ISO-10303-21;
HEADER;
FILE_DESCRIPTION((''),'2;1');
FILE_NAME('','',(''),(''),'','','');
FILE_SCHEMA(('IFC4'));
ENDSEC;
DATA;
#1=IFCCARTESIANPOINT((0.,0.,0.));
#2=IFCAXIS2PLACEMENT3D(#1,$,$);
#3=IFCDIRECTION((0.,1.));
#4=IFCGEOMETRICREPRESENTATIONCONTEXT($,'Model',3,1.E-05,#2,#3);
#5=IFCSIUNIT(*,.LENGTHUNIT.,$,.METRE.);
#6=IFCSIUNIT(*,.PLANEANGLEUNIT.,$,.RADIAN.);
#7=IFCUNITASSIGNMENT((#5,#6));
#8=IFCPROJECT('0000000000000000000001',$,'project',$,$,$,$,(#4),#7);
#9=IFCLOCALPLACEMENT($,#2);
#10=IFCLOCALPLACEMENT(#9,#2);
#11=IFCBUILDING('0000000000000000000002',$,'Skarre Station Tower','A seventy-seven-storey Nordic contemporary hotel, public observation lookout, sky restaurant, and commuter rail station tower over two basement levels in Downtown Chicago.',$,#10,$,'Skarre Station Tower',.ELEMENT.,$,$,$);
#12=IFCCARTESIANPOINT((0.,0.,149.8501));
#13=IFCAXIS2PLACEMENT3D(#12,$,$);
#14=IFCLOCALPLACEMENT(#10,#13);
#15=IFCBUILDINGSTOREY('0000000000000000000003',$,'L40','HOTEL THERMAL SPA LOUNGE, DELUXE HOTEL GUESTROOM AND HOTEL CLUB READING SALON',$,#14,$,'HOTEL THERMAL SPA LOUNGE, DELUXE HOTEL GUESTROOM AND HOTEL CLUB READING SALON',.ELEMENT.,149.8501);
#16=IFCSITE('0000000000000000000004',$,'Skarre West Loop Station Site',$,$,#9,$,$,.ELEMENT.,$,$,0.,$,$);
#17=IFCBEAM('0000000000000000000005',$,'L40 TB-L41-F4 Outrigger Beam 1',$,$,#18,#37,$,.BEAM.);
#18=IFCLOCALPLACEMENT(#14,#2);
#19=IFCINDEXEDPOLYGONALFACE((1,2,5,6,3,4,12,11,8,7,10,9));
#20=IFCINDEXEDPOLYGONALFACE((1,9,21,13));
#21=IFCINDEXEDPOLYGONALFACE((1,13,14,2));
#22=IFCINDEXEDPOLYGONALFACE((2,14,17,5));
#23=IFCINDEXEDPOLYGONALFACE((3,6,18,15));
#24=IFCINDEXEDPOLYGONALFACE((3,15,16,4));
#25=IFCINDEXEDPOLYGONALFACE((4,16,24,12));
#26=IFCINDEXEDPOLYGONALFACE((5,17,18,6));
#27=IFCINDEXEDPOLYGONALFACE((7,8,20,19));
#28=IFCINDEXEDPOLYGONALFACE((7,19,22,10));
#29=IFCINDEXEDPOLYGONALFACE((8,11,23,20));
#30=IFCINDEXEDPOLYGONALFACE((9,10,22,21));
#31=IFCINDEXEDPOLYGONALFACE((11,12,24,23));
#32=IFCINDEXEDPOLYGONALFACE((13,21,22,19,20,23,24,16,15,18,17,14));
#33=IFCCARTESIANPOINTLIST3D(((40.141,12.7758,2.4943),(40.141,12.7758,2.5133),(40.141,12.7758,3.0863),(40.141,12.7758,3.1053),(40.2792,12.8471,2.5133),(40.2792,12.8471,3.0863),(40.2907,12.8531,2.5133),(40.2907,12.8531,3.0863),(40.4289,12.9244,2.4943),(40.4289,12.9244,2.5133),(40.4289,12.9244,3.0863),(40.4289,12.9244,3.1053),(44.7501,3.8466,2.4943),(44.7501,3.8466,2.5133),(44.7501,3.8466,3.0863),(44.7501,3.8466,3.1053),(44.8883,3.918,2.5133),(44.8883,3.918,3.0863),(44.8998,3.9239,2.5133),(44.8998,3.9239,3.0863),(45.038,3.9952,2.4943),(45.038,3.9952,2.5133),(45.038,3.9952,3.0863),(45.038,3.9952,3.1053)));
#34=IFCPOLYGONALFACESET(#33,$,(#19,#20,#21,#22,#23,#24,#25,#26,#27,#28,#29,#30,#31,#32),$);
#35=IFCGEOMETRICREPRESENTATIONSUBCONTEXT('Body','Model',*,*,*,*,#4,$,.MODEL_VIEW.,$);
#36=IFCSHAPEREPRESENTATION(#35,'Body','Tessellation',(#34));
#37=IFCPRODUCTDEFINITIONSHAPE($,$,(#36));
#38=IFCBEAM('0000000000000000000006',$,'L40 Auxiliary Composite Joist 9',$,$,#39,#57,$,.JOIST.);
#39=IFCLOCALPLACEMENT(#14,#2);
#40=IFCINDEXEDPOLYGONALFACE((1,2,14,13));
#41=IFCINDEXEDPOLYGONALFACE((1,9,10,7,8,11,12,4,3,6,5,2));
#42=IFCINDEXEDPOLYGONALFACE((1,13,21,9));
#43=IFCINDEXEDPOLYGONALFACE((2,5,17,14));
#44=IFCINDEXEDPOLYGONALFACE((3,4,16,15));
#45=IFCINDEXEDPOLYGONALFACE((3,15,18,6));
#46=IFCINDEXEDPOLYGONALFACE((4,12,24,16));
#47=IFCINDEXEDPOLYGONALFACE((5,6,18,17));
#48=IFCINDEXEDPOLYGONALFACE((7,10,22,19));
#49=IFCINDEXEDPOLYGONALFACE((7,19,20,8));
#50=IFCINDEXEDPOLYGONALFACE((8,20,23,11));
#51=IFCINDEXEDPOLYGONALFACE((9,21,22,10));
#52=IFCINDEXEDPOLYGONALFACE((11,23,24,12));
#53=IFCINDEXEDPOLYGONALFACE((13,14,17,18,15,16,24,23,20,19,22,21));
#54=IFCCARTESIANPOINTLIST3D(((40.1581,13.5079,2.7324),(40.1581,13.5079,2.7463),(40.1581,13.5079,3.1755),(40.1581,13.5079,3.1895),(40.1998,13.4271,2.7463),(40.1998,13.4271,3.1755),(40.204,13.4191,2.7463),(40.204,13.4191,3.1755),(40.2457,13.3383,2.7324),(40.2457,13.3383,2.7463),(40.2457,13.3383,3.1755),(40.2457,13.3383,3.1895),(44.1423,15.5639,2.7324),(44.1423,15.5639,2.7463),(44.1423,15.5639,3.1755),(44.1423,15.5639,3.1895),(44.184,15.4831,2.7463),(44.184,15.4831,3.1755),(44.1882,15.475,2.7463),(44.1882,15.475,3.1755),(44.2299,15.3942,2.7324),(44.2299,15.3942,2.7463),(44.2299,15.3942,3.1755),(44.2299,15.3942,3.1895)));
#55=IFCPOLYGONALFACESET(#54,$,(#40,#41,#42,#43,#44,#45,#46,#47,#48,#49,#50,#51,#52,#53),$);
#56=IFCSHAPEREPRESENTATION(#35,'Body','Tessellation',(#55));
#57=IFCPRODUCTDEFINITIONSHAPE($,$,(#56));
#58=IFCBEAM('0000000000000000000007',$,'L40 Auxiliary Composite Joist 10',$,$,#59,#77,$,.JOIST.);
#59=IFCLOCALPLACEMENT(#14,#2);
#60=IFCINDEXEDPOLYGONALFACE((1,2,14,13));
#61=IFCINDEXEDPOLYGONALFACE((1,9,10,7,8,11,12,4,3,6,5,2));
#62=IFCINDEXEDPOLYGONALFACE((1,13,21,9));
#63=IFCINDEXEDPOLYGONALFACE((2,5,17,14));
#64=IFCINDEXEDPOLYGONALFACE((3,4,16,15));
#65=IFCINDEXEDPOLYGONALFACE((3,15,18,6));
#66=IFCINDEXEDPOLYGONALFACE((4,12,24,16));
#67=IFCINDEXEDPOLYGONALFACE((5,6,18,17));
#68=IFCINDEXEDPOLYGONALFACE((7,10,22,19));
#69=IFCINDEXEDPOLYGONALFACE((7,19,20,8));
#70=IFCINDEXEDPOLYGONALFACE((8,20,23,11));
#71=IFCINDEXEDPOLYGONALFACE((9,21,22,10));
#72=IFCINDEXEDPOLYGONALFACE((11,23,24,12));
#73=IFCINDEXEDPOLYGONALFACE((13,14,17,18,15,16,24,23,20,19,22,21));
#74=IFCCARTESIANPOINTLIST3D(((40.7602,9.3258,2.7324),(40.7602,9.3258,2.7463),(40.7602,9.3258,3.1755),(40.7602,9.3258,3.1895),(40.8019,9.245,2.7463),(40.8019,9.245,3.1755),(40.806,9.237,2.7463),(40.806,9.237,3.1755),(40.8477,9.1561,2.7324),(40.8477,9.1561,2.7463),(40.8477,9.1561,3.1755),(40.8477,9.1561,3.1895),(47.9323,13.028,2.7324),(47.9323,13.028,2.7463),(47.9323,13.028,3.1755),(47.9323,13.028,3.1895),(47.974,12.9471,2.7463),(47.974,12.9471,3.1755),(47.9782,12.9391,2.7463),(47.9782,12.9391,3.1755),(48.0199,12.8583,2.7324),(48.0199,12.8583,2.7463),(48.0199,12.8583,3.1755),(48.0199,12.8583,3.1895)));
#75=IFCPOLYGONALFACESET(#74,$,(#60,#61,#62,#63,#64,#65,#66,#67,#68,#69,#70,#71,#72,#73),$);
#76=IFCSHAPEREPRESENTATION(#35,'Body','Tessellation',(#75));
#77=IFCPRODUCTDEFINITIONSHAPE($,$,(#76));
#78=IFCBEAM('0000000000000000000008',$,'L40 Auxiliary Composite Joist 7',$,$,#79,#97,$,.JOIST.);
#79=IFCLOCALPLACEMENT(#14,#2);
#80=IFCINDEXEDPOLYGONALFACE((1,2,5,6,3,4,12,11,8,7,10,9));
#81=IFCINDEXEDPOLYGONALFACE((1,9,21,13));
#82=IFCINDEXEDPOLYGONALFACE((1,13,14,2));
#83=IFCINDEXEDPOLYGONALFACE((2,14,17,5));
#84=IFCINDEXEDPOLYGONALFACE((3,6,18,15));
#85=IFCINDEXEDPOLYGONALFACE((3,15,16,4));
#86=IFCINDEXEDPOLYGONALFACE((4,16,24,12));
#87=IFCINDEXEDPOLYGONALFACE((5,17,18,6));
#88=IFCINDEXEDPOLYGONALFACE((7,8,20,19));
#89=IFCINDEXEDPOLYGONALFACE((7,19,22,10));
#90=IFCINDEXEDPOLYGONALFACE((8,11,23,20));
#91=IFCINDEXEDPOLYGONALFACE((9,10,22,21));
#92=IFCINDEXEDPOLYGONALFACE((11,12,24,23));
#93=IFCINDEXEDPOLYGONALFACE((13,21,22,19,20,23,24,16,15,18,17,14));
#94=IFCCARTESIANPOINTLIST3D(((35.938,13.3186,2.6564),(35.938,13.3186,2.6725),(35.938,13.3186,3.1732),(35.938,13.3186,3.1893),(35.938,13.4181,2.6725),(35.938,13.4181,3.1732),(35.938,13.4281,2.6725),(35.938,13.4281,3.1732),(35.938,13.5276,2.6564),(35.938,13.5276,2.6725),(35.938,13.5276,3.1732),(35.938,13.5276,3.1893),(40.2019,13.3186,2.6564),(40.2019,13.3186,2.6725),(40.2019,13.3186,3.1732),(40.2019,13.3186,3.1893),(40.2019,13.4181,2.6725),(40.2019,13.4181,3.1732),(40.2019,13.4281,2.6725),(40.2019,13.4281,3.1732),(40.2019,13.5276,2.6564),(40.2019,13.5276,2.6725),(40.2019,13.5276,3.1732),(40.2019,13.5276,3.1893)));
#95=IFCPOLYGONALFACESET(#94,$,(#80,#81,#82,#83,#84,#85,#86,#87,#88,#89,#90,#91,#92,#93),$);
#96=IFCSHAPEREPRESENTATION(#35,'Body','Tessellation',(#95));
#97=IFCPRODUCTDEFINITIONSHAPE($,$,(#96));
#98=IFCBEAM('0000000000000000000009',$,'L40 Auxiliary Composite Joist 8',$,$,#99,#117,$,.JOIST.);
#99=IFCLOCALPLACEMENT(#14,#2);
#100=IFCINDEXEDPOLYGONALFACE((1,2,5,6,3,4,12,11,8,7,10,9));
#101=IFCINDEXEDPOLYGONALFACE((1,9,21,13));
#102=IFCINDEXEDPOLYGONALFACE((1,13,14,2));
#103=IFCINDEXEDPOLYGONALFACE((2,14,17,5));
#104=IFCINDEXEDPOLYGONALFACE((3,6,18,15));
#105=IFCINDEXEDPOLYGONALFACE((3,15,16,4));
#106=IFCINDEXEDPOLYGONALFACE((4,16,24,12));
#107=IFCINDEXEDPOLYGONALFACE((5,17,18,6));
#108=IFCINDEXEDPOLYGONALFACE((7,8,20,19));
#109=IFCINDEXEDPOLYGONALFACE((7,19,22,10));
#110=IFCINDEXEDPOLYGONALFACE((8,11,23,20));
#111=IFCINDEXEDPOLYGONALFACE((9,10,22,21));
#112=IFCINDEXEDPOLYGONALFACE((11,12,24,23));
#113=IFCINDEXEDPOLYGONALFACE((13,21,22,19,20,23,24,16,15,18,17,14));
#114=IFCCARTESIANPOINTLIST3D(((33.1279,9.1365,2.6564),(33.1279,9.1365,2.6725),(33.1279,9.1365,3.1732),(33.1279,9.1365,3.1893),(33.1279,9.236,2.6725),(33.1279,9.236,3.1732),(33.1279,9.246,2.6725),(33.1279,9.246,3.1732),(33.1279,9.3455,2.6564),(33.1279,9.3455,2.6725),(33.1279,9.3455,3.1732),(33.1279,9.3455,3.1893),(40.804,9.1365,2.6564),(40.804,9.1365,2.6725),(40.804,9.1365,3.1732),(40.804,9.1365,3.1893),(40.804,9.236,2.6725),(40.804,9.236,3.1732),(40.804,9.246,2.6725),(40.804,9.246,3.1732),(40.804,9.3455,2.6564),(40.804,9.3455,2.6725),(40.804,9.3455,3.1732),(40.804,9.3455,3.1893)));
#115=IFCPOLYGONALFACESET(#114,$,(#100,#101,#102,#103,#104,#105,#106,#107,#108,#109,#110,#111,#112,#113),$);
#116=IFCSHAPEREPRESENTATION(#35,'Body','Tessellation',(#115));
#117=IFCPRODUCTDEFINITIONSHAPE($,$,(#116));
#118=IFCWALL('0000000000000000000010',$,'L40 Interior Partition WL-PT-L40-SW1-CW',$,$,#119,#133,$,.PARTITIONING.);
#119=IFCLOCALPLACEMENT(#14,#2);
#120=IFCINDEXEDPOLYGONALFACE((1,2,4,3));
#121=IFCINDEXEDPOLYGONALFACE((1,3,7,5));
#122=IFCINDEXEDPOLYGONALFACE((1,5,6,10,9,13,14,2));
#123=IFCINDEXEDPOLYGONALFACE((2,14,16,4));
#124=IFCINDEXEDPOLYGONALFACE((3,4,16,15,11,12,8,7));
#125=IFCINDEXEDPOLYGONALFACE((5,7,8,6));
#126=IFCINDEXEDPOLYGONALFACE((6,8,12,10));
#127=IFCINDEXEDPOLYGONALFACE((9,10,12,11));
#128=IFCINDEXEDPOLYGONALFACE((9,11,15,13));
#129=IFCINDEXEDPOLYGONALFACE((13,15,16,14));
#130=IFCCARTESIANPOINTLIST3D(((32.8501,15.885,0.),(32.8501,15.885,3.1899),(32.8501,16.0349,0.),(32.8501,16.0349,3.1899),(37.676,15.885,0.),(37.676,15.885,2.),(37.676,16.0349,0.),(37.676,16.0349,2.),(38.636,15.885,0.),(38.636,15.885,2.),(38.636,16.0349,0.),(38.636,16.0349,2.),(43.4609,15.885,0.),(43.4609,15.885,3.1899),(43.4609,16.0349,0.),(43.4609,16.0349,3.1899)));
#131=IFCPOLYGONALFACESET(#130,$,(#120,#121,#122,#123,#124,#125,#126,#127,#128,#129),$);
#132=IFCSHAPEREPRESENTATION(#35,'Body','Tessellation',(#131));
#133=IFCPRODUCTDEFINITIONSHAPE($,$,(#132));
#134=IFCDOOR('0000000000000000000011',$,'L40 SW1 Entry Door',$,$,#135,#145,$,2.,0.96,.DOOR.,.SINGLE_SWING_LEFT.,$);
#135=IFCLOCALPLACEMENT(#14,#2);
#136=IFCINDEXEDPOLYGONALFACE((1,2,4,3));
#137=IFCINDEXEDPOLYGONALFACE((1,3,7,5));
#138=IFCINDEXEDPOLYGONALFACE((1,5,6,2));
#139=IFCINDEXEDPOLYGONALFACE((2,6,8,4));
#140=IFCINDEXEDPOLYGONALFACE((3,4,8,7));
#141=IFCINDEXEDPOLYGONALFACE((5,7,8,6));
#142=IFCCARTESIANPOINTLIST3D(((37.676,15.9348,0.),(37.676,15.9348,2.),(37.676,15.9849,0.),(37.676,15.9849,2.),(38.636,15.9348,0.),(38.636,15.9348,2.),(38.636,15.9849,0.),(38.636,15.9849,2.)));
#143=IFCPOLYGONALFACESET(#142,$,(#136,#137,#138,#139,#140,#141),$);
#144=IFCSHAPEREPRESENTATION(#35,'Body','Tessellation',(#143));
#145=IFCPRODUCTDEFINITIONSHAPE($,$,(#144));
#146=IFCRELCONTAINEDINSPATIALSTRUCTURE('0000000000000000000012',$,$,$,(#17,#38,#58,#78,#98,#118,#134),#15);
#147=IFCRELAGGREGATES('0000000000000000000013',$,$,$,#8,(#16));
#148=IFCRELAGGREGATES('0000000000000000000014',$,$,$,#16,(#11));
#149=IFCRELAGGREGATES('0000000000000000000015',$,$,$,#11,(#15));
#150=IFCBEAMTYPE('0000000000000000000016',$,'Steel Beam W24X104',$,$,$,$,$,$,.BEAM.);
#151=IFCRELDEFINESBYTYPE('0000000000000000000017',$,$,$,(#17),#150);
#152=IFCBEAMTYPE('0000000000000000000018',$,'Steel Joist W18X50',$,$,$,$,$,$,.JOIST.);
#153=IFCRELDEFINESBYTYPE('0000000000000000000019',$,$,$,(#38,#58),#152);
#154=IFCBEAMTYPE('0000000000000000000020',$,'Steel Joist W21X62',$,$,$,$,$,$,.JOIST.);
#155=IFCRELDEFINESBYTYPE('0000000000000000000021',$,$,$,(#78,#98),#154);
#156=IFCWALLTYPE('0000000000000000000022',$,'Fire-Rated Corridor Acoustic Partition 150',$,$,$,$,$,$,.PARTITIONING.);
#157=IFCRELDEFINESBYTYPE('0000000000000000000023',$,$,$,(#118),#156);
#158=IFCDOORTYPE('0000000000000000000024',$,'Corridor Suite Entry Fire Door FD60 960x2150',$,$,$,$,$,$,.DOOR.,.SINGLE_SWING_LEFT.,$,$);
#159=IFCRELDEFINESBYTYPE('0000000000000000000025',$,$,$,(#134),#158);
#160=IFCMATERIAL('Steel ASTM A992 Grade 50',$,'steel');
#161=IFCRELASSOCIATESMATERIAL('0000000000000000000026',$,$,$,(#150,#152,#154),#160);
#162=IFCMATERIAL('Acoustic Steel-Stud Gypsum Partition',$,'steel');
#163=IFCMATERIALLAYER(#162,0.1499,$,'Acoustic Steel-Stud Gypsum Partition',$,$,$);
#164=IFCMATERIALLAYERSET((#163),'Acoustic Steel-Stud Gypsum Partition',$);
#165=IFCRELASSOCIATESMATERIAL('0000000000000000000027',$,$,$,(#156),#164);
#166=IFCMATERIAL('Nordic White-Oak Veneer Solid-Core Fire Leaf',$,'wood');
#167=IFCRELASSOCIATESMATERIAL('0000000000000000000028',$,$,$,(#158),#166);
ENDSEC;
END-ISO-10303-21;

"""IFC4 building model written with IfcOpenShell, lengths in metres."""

from ifc_helpers import new_model, si_unit, direction, frame, frame_2d, origin, origin_2d, place, context, subcontext, project, spatial, rectangle, i_section, extrude, material, layer, layer_set, material_profile, profile_set, type_object, element, fill, save


model = new_model("IFC4")

# Units and contexts
model_context = context("Model", 3, precision=1e-05, world=origin(), true_north=direction((0.0, 1.0)))
body_context = subcontext(model_context, "Body", "Model", "MODEL_VIEW")
ifc_project = project(units=[si_unit("LENGTHUNIT", "METRE"), si_unit("PLANEANGLEUNIT", "RADIAN")], contexts=[model_context])

# Site, building, storey
site_placement = place(None, origin())
site = spatial("IfcSite", under=ifc_project, at=site_placement, Name="Skarre West Loop Station Site", CompositionType="ELEMENT", RefElevation=0.0)
building_placement = place(site_placement, origin())
building = spatial("IfcBuilding", under=site, at=building_placement, Name="Skarre Station Tower", Description="A seventy-seven-storey Nordic contemporary hotel, public observation lookout, sky restaurant, and commuter rail station tower over two basement levels in Downtown Chicago.", LongName="Skarre Station Tower", CompositionType="ELEMENT")
storey_placement = place(building_placement, frame((0.0, 0.0, 149.8501)))
storey = spatial("IfcBuildingStorey", under=building, at=storey_placement, Name="L40", Description="HOTEL THERMAL SPA LOUNGE, DELUXE HOTEL GUESTROOM AND HOTEL CLUB READING SALON", LongName="HOTEL THERMAL SPA LOUNGE, DELUXE HOTEL GUESTROOM AND HOTEL CLUB READING SALON", CompositionType="ELEMENT", Elevation=149.8501)

# Beams
ifc_material_1 = material(Name="Steel ASTM A992 Grade 50", Category="steel")
ifc_material_profile_1 = material_profile(ifc_material_1, i_section(OverallWidth=0.324, OverallDepth=0.6111, WebThickness=0.0129, FlangeThickness=0.019, at=origin_2d()), Name="Steel ASTM A992 Grade 50")
ifc_profile_set_1 = profile_set([ifc_material_profile_1], Name="Steel ASTM A992 Grade 50")
beam_type_1 = type_object("IfcBeamType", Name="Steel Beam W24X104", PredefinedType="BEAM", material=ifc_profile_set_1)
beam_1_placement = place(storey_placement, frame((40.2849, 12.8501, 2.7998), z_axis=(0.458683, -0.8886, 0.0), x_axis=(0.8886, 0.458683, 0.0)))
element("IfcBeam", 1, at=beam_1_placement, inside=storey, type_object=beam_type_1, Name="L40 TB-L41-F4 Outrigger Beam 1", PredefinedType="BEAM", context=body_context, shape_type="SweptSolid", body=[
    extrude(i_section(OverallWidth=0.324, OverallDepth=0.6111, WebThickness=0.0129, FlangeThickness=0.019, at=origin_2d()), origin(), (0.0, 0.0, 1.0), 10.0486),
])
ifc_material_profile_2 = material_profile(ifc_material_1, i_section(OverallWidth=0.1909, OverallDepth=0.457, WebThickness=0.009, FlangeThickness=0.0139, at=origin_2d()), Name="Steel ASTM A992 Grade 50")
ifc_profile_set_2 = profile_set([ifc_material_profile_2], Name="Steel ASTM A992 Grade 50")
beam_type_2 = type_object("IfcBeamType", Name="Steel Joist W18X50", PredefinedType="JOIST", material=ifc_profile_set_2)
beam_2_placement = place(storey_placement, frame((40.2019, 13.4231, 2.9609), z_axis=(0.888659, 0.458569, 0.0), x_axis=(-0.458569, 0.888659, 0.0)))
element("IfcBeam", 2, at=beam_2_placement, inside=storey, type_object=beam_type_2, Name="L40 Auxiliary Composite Joist 9", PredefinedType="JOIST", context=body_context, shape_type="SweptSolid", body=[
    extrude(i_section(OverallWidth=0.1909, OverallDepth=0.457, WebThickness=0.009, FlangeThickness=0.0139, at=origin_2d()), origin(), (0.0, 0.0, 1.0), 4.4834),
])
beam_3_placement = place(storey_placement, frame((40.804, 9.241, 2.9609), z_axis=(0.8886, 0.458683, 0.0), x_axis=(-0.458683, 0.8886, 0.0)))
element("IfcBeam", 3, at=beam_3_placement, inside=storey, type_object=beam_type_2, Name="L40 Auxiliary Composite Joist 10", PredefinedType="JOIST", context=body_context, shape_type="SweptSolid", body=[
    extrude(i_section(OverallWidth=0.1909, OverallDepth=0.457, WebThickness=0.009, FlangeThickness=0.0139, at=origin_2d()), origin(), (0.0, 0.0, 1.0), 8.0713),
])
ifc_material_profile_3 = material_profile(ifc_material_1, i_section(OverallWidth=0.209, OverallDepth=0.533, WebThickness=0.01, FlangeThickness=0.0161, at=origin_2d()), Name="Steel ASTM A992 Grade 50")
ifc_profile_set_3 = profile_set([ifc_material_profile_3], Name="Steel ASTM A992 Grade 50")
beam_type_3 = type_object("IfcBeamType", Name="Steel Joist W21X62", PredefinedType="JOIST", material=ifc_profile_set_3)
beam_4_placement = place(storey_placement, frame((35.938, 13.4231, 2.9229), z_axis=(1.0, 0.0, 0.0), x_axis=(0.0, 1.0, 0.0)))
element("IfcBeam", 4, at=beam_4_placement, inside=storey, type_object=beam_type_3, Name="L40 Auxiliary Composite Joist 7", PredefinedType="JOIST", context=body_context, shape_type="SweptSolid", body=[
    extrude(i_section(OverallWidth=0.209, OverallDepth=0.533, WebThickness=0.01, FlangeThickness=0.0161, at=origin_2d()), origin(), (0.0, 0.0, 1.0), 4.2639),
])
beam_5_placement = place(storey_placement, frame((33.1279, 9.241, 2.9229), z_axis=(1.0, 0.0, 0.0), x_axis=(0.0, 1.0, 0.0)))
element("IfcBeam", 5, at=beam_5_placement, inside=storey, type_object=beam_type_3, Name="L40 Auxiliary Composite Joist 8", PredefinedType="JOIST", context=body_context, shape_type="SweptSolid", body=[
    extrude(i_section(OverallWidth=0.209, OverallDepth=0.533, WebThickness=0.01, FlangeThickness=0.0161, at=origin_2d()), origin(), (0.0, 0.0, 1.0), 7.676),
])

# Wall, opening, door
ifc_material_2 = material(Name="Acoustic Steel-Stud Gypsum Partition", Category="steel")
ifc_layer_1 = layer(ifc_material_2, 0.1499, Name="Acoustic Steel-Stud Gypsum Partition")
ifc_layer_set_1 = layer_set([ifc_layer_1], Name="Acoustic Steel-Stud Gypsum Partition")
wall_type_1 = type_object("IfcWallType", Name="Fire-Rated Corridor Acoustic Partition 150", PredefinedType="PARTITIONING", material=ifc_layer_set_1)
wall_1_placement = place(storey_placement, frame((32.8501, 15.96, 0.0), z_axis=(0.0, 0.0, 1.0), x_axis=(1.0, 0.0, 0.0)))
wall_1 = element("IfcWall", 6, at=wall_1_placement, inside=storey, type_object=wall_type_1, Name="L40 Interior Partition WL-PT-L40-SW1-CW", PredefinedType="PARTITIONING", context=body_context, shape_type="SweptSolid", body=[
    extrude(rectangle(XDim=10.6108, YDim=0.1499, at=frame_2d((5.3054, 0.0))), origin(), (0.0, 0.0, 1.0), 3.1899),
])
opening_1_placement = place(wall_1_placement, frame((4.8259, 0.0, 0.0)))
opening_1 = element("IfcOpeningElement", 7, at=opening_1_placement, cuts=wall_1, PredefinedType="OPENING", context=body_context, shape_type="SweptSolid", body=[
    extrude(rectangle(XDim=0.96, YDim=2.0, at=frame_2d((0.48, 1.0))), frame((0.0, 0.085, 0.0), z_axis=(0.0, -1.0, 0.0), x_axis=(1.0, 0.0, 0.0)), (0.0, 0.0, 1.0), 0.1699),
])
ifc_material_3 = material(Name="Nordic White-Oak Veneer Solid-Core Fire Leaf", Category="wood")
door_type_1 = type_object("IfcDoorType", Name="Corridor Suite Entry Fire Door FD60 960x2150", OperationType="SINGLE_SWING_LEFT", PredefinedType="DOOR", material=ifc_material_3)
door_1_placement = place(opening_1_placement, origin())
door_1 = element("IfcDoor", 8, at=door_1_placement, inside=storey, type_object=door_type_1, Name="L40 SW1 Entry Door", OperationType="SINGLE_SWING_LEFT", OverallHeight=2.0, OverallWidth=0.96, PredefinedType="DOOR", context=body_context, shape_type="SweptSolid", body=[
    extrude(rectangle(XDim=0.96, YDim=2.0, at=frame_2d((0.48, 1.0))), frame((0.0, 0.0249, 0.0), z_axis=(0.0, -1.0, 0.0), x_axis=(1.0, 0.0, 0.0)), (0.0, 0.0, 1.0), 0.05),
])
fill(opening_1, door_1)

save(model, "model.ifc")
